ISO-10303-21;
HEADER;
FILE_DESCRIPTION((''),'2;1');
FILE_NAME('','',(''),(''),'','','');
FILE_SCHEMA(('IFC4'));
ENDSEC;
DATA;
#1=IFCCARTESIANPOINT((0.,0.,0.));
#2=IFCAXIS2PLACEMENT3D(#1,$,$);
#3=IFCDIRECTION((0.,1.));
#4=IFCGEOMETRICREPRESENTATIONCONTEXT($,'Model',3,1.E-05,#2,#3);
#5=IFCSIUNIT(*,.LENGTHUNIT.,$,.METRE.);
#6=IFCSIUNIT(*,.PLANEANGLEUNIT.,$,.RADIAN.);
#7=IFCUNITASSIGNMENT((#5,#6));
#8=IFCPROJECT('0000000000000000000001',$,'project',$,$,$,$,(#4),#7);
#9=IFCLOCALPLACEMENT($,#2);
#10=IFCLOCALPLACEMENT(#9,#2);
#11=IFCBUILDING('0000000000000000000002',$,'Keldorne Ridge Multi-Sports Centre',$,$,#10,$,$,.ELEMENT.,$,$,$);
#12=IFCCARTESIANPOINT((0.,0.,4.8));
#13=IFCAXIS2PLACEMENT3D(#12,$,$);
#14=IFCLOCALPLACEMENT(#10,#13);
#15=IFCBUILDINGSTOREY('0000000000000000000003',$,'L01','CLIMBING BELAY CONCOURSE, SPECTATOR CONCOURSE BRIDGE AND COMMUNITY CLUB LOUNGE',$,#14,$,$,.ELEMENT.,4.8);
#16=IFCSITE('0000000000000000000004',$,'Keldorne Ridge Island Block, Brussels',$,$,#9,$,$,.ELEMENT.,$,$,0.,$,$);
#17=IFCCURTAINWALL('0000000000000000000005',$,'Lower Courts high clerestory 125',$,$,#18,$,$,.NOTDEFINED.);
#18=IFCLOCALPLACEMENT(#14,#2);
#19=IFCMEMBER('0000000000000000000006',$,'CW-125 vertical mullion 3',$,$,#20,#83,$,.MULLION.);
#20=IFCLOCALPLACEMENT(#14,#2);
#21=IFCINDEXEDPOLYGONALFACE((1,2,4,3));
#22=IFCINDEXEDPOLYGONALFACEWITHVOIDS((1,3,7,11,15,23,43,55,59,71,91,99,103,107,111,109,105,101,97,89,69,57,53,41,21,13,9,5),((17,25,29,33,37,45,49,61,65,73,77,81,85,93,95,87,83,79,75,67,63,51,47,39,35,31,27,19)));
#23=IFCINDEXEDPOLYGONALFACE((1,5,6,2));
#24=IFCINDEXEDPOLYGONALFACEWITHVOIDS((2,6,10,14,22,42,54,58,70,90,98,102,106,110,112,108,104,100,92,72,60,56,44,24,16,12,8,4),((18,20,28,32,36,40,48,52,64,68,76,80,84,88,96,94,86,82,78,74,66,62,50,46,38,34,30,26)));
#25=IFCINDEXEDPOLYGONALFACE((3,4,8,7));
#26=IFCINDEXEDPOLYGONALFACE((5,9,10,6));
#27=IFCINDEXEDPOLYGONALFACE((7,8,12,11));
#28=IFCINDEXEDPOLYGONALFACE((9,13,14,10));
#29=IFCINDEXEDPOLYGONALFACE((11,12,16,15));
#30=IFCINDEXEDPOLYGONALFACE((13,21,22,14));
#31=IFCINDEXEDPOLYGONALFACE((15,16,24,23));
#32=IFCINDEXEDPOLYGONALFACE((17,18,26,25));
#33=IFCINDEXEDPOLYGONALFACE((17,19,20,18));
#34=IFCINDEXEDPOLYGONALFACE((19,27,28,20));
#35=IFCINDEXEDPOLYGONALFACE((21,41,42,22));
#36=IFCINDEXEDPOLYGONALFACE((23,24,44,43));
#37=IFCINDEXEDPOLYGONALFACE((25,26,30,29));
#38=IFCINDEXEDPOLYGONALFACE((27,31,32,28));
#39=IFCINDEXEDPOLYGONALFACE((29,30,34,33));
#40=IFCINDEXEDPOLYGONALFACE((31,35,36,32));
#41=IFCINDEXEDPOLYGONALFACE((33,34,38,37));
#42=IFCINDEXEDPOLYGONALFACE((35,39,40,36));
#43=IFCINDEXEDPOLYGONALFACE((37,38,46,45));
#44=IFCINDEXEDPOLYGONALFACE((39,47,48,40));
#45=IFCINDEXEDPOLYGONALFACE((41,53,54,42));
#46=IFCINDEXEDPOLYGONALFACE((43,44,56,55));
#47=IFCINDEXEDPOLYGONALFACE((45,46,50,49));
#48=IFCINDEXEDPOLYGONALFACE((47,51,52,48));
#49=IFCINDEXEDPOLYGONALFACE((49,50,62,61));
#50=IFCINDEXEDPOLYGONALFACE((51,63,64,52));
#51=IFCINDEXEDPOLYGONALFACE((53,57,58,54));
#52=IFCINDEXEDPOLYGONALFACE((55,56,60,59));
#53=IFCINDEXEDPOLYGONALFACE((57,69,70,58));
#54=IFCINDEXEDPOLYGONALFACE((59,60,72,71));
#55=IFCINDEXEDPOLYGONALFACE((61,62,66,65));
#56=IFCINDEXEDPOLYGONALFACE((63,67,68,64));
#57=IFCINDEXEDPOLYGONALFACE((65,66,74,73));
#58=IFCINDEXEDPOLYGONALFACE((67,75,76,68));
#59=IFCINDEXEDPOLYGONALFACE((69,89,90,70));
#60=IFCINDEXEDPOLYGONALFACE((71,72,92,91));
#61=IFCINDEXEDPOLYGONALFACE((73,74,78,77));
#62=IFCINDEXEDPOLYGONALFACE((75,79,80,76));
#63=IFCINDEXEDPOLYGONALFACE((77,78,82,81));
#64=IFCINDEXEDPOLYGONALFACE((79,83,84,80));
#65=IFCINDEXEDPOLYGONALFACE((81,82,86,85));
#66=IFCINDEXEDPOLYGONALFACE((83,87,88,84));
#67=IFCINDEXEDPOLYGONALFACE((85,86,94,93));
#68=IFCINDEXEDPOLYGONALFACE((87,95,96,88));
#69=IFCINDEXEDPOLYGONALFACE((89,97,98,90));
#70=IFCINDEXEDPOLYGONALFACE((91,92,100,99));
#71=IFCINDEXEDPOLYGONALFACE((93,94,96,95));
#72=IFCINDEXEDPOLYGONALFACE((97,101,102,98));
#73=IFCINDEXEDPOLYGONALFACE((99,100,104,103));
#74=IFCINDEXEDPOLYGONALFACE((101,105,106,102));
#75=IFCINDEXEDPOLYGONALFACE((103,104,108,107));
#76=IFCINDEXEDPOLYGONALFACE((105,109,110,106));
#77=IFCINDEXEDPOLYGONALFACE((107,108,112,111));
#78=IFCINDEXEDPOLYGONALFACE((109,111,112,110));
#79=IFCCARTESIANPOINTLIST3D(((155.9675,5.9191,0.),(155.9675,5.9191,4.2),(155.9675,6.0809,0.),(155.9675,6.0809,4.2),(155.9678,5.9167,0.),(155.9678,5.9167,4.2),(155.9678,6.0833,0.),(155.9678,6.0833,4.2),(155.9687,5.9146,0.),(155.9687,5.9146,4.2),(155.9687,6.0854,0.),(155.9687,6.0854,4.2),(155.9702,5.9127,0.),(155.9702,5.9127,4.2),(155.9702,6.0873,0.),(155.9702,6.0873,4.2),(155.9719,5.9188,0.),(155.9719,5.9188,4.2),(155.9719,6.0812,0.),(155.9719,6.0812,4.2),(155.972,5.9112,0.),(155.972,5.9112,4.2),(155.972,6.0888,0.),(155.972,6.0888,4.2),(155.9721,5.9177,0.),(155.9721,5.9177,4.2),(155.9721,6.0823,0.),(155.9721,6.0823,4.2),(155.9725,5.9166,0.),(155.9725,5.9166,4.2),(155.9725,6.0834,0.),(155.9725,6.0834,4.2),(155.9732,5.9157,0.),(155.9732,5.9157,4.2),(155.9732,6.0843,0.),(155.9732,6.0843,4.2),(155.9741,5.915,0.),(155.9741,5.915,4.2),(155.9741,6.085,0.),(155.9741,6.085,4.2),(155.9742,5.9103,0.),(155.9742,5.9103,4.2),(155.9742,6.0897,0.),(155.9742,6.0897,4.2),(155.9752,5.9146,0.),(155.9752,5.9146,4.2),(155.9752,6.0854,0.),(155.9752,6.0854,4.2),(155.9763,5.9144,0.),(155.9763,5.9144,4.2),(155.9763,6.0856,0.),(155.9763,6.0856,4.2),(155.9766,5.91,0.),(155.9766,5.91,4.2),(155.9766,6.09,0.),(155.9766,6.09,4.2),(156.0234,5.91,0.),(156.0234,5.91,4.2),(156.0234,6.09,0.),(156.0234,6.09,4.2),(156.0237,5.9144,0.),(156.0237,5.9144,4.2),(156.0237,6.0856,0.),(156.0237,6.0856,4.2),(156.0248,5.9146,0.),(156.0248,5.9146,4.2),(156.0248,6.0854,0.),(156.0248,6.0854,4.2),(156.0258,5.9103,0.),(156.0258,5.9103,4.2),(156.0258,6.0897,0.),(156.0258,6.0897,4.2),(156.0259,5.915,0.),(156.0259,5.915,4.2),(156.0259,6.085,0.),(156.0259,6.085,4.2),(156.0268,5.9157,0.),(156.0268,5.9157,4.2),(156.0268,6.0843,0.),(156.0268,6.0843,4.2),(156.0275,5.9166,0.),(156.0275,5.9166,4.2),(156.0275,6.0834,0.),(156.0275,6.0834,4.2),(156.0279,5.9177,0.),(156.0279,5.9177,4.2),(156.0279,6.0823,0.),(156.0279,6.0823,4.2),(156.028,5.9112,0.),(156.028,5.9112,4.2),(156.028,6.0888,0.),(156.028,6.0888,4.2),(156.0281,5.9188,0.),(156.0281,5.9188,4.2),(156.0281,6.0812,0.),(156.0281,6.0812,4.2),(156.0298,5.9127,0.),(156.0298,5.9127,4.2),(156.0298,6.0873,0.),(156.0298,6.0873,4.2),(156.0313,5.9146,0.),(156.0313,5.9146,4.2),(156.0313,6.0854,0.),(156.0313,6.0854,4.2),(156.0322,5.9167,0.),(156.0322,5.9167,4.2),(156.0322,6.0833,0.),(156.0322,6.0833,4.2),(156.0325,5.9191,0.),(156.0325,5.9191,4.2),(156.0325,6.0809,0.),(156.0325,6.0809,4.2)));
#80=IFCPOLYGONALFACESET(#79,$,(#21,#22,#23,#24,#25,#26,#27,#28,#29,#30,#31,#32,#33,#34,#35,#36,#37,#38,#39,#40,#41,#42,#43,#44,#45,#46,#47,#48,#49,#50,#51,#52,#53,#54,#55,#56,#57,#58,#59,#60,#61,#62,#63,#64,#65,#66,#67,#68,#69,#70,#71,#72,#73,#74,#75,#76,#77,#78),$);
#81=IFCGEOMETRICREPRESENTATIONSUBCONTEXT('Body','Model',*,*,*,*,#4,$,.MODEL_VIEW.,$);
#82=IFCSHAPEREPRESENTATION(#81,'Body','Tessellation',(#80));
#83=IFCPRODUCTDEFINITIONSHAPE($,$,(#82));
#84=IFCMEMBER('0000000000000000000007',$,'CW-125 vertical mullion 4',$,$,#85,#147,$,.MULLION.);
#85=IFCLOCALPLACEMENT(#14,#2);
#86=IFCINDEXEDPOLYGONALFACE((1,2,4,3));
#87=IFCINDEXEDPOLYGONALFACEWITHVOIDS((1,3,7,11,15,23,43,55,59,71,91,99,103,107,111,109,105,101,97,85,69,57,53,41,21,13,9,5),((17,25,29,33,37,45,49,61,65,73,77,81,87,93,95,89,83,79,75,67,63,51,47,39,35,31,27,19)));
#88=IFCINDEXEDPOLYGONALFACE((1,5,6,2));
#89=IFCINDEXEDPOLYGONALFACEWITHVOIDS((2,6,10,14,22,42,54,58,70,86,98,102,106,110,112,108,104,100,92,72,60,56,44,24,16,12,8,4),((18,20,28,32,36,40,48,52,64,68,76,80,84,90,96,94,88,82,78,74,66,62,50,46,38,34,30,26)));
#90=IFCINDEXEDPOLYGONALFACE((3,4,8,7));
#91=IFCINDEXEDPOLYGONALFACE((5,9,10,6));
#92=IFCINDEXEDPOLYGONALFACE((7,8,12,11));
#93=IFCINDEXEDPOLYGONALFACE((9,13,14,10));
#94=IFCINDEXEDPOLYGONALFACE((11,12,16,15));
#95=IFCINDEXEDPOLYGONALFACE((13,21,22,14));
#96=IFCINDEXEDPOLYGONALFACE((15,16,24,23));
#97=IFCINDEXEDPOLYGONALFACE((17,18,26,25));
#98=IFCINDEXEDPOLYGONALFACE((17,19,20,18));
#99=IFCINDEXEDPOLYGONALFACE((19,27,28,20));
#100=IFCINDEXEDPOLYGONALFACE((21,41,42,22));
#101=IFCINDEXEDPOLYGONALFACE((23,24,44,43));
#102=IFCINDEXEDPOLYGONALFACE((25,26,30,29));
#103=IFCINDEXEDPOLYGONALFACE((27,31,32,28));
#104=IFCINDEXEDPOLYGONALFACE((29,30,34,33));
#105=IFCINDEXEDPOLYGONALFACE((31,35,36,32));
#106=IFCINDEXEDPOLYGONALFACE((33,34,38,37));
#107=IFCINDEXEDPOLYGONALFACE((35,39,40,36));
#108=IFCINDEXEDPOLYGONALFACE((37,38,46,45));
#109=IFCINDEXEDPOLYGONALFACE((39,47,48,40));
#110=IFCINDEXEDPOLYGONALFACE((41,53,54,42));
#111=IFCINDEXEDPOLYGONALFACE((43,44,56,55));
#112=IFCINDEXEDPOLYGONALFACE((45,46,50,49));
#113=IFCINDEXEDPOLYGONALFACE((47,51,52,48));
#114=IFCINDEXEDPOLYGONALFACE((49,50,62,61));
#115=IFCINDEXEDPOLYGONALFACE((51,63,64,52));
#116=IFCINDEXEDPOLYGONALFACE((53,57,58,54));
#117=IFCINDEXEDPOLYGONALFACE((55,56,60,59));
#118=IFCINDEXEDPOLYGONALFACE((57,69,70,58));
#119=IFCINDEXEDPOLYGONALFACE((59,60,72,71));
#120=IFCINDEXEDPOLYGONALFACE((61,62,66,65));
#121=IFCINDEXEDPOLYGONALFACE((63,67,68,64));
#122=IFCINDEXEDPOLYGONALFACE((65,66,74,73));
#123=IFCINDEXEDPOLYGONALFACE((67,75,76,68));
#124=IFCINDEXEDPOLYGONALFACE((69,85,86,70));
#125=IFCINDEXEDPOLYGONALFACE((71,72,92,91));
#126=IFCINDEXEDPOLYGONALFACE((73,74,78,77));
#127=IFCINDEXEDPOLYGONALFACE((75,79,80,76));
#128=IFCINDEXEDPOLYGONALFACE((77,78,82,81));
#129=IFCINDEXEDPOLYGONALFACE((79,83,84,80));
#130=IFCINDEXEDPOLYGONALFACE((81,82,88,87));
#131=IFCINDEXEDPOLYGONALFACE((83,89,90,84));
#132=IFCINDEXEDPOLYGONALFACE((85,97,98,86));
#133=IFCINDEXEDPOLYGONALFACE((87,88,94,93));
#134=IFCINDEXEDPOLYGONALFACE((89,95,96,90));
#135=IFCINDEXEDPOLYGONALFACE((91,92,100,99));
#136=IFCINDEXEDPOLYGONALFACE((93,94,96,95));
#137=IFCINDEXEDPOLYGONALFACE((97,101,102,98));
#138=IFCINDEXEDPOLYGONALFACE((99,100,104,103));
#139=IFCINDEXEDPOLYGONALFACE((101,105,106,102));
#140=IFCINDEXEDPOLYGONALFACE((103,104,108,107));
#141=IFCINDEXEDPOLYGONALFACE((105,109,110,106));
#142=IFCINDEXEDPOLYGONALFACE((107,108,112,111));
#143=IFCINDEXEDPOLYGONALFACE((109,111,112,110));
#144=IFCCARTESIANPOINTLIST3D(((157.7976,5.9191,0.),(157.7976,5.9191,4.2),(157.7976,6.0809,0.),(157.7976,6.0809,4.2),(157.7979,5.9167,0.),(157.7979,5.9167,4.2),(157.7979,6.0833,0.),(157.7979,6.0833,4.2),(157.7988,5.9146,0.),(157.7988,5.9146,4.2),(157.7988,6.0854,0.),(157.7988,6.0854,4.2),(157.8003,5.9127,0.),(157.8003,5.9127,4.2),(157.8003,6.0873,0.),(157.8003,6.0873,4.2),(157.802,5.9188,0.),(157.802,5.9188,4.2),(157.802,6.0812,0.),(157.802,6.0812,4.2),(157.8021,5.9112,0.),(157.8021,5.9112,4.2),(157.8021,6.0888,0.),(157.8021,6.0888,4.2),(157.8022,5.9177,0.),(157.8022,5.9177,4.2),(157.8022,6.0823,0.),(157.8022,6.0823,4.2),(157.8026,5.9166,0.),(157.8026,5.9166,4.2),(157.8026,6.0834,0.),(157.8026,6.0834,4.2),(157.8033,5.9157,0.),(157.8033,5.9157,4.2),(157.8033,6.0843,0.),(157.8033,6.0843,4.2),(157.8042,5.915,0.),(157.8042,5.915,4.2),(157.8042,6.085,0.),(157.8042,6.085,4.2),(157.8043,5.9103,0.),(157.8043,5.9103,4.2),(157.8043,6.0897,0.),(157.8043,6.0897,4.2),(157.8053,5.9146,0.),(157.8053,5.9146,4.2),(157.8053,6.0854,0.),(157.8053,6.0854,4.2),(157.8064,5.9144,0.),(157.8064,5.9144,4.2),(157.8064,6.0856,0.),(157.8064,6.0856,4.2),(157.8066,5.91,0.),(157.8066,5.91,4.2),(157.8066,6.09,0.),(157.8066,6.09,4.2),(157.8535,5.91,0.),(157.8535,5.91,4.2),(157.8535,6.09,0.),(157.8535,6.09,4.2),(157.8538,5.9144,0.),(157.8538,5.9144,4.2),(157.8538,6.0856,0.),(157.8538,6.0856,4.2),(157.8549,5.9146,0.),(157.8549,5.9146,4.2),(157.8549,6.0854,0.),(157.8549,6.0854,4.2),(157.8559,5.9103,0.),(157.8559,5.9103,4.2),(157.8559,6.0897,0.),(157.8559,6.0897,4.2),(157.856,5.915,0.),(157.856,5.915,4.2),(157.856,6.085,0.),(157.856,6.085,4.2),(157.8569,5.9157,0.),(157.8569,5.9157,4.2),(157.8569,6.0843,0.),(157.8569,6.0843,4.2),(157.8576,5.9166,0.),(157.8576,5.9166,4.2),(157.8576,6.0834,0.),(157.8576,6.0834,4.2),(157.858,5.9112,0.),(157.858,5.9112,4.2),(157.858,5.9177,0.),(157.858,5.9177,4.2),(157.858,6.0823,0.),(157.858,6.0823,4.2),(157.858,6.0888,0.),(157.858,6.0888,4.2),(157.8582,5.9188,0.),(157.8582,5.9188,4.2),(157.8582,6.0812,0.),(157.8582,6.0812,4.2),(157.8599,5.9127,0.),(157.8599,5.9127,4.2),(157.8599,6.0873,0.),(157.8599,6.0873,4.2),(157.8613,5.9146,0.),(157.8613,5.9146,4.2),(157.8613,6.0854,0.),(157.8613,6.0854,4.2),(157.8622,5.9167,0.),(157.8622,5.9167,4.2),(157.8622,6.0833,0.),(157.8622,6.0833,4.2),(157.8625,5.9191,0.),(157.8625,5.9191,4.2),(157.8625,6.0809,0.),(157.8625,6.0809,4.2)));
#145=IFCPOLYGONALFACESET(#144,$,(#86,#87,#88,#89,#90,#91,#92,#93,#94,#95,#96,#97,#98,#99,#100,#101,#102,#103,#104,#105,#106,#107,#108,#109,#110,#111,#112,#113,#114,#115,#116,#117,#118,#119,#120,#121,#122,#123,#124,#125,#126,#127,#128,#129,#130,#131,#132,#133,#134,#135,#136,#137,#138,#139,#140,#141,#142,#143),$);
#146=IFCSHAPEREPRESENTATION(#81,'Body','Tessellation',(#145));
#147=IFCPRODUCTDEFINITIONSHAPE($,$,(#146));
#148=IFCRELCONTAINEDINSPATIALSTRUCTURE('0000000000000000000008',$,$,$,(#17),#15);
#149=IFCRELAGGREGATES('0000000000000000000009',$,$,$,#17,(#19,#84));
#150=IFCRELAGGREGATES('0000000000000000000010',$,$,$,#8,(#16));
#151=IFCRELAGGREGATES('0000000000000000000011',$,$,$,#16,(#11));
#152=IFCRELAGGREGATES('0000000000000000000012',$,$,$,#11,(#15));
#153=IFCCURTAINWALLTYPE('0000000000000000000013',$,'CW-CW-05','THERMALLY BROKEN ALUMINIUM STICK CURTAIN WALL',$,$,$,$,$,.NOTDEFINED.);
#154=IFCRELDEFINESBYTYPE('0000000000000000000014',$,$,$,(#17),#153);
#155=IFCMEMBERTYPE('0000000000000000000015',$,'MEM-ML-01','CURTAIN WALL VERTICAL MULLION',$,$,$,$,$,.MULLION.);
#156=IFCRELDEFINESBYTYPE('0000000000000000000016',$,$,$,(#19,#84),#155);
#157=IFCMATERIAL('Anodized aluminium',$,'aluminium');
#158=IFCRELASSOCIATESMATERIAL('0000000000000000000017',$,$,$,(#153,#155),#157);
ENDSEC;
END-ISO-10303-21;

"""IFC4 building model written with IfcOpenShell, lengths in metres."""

from ifc_helpers import new_model, si_unit, direction, frame, origin, origin_2d, place, context, subcontext, project, spatial, hollow_rectangle, extrude, material, material_profile, profile_set, type_object, element, aggregate, save


model = new_model("IFC4")

# Units and contexts
model_context = context("Model", 3, precision=1e-05, world=origin(), true_north=direction((0.0, 1.0)))
body_context = subcontext(model_context, "Body", "Model", "MODEL_VIEW")
ifc_project = project(units=[si_unit("LENGTHUNIT", "METRE"), si_unit("PLANEANGLEUNIT", "RADIAN")], contexts=[model_context])

# Site, building, storey
site_placement = place(None, origin())
site = spatial("IfcSite", under=ifc_project, at=site_placement, Name="Keldorne Ridge Island Block, Brussels", CompositionType="ELEMENT", RefElevation=0.0)
building_placement = place(site_placement, origin())
building = spatial("IfcBuilding", under=site, at=building_placement, Name="Keldorne Ridge Multi-Sports Centre", CompositionType="ELEMENT")
storey_placement = place(building_placement, frame((0.0, 0.0, 4.8)))
storey = spatial("IfcBuildingStorey", under=building, at=storey_placement, Name="L01", Description="CLIMBING BELAY CONCOURSE, SPECTATOR CONCOURSE BRIDGE AND COMMUNITY CLUB LOUNGE", CompositionType="ELEMENT", Elevation=4.8)

# Curtain wall, members
ifc_material_1 = material(Name="Anodized aluminium", Category="aluminium")
curtain_wall_type = type_object("IfcCurtainWallType", Name="CW-CW-05", Description="THERMALLY BROKEN ALUMINIUM STICK CURTAIN WALL", PredefinedType="NOTDEFINED", material=ifc_material_1)
curtain_wall_placement = place(storey_placement, origin())
curtain_wall = element("IfcCurtainWall", 1, at=curtain_wall_placement, inside=storey, type_object=curtain_wall_type, Name="Lower Courts high clerestory 125", PredefinedType="NOTDEFINED")
ifc_material_profile_1 = material_profile(ifc_material_1, hollow_rectangle(XDim=0.0649, YDim=0.1799, WallThickness=0.0044, InnerFilletRadius=0.0044, OuterFilletRadius=0.009, at=origin_2d()), Name="ALU MULLION 180x65x4.5")
ifc_profile_set_1 = profile_set([ifc_material_profile_1], Name="Anodized aluminium")
member_type_1 = type_object("IfcMemberType", Name="MEM-ML-01", Description="CURTAIN WALL VERTICAL MULLION", PredefinedType="MULLION", material=ifc_profile_set_1)
member_1_placement = place(storey_placement, frame((156.0, 6.0, 0.0), z_axis=(0.0, 0.0, 1.0), x_axis=(1.0, 0.0, 0.0)))
member_1 = element("IfcMember", 2, at=member_1_placement, type_object=member_type_1, Name="CW-125 vertical mullion 3", PredefinedType="MULLION", context=body_context, shape_type="SweptSolid", body=[
    extrude(hollow_rectangle(XDim=0.0649, YDim=0.1799, WallThickness=0.0044, InnerFilletRadius=0.0044, OuterFilletRadius=0.009, at=origin_2d()), origin(), (0.0, 0.0, 1.0), 4.2),
])
member_2_placement = place(storey_placement, frame((157.8301, 6.0, 0.0), z_axis=(0.0, 0.0, 1.0), x_axis=(1.0, 0.0, 0.0)))
member_2 = element("IfcMember", 3, at=member_2_placement, type_object=member_type_1, Name="CW-125 vertical mullion 4", PredefinedType="MULLION", context=body_context, shape_type="SweptSolid", body=[
    extrude(hollow_rectangle(XDim=0.0649, YDim=0.1799, WallThickness=0.0044, InnerFilletRadius=0.0044, OuterFilletRadius=0.009, at=origin_2d()), origin(), (0.0, 0.0, 1.0), 4.2),
])
aggregate(curtain_wall, [member_1, member_2])

save(model, "model.ifc")
